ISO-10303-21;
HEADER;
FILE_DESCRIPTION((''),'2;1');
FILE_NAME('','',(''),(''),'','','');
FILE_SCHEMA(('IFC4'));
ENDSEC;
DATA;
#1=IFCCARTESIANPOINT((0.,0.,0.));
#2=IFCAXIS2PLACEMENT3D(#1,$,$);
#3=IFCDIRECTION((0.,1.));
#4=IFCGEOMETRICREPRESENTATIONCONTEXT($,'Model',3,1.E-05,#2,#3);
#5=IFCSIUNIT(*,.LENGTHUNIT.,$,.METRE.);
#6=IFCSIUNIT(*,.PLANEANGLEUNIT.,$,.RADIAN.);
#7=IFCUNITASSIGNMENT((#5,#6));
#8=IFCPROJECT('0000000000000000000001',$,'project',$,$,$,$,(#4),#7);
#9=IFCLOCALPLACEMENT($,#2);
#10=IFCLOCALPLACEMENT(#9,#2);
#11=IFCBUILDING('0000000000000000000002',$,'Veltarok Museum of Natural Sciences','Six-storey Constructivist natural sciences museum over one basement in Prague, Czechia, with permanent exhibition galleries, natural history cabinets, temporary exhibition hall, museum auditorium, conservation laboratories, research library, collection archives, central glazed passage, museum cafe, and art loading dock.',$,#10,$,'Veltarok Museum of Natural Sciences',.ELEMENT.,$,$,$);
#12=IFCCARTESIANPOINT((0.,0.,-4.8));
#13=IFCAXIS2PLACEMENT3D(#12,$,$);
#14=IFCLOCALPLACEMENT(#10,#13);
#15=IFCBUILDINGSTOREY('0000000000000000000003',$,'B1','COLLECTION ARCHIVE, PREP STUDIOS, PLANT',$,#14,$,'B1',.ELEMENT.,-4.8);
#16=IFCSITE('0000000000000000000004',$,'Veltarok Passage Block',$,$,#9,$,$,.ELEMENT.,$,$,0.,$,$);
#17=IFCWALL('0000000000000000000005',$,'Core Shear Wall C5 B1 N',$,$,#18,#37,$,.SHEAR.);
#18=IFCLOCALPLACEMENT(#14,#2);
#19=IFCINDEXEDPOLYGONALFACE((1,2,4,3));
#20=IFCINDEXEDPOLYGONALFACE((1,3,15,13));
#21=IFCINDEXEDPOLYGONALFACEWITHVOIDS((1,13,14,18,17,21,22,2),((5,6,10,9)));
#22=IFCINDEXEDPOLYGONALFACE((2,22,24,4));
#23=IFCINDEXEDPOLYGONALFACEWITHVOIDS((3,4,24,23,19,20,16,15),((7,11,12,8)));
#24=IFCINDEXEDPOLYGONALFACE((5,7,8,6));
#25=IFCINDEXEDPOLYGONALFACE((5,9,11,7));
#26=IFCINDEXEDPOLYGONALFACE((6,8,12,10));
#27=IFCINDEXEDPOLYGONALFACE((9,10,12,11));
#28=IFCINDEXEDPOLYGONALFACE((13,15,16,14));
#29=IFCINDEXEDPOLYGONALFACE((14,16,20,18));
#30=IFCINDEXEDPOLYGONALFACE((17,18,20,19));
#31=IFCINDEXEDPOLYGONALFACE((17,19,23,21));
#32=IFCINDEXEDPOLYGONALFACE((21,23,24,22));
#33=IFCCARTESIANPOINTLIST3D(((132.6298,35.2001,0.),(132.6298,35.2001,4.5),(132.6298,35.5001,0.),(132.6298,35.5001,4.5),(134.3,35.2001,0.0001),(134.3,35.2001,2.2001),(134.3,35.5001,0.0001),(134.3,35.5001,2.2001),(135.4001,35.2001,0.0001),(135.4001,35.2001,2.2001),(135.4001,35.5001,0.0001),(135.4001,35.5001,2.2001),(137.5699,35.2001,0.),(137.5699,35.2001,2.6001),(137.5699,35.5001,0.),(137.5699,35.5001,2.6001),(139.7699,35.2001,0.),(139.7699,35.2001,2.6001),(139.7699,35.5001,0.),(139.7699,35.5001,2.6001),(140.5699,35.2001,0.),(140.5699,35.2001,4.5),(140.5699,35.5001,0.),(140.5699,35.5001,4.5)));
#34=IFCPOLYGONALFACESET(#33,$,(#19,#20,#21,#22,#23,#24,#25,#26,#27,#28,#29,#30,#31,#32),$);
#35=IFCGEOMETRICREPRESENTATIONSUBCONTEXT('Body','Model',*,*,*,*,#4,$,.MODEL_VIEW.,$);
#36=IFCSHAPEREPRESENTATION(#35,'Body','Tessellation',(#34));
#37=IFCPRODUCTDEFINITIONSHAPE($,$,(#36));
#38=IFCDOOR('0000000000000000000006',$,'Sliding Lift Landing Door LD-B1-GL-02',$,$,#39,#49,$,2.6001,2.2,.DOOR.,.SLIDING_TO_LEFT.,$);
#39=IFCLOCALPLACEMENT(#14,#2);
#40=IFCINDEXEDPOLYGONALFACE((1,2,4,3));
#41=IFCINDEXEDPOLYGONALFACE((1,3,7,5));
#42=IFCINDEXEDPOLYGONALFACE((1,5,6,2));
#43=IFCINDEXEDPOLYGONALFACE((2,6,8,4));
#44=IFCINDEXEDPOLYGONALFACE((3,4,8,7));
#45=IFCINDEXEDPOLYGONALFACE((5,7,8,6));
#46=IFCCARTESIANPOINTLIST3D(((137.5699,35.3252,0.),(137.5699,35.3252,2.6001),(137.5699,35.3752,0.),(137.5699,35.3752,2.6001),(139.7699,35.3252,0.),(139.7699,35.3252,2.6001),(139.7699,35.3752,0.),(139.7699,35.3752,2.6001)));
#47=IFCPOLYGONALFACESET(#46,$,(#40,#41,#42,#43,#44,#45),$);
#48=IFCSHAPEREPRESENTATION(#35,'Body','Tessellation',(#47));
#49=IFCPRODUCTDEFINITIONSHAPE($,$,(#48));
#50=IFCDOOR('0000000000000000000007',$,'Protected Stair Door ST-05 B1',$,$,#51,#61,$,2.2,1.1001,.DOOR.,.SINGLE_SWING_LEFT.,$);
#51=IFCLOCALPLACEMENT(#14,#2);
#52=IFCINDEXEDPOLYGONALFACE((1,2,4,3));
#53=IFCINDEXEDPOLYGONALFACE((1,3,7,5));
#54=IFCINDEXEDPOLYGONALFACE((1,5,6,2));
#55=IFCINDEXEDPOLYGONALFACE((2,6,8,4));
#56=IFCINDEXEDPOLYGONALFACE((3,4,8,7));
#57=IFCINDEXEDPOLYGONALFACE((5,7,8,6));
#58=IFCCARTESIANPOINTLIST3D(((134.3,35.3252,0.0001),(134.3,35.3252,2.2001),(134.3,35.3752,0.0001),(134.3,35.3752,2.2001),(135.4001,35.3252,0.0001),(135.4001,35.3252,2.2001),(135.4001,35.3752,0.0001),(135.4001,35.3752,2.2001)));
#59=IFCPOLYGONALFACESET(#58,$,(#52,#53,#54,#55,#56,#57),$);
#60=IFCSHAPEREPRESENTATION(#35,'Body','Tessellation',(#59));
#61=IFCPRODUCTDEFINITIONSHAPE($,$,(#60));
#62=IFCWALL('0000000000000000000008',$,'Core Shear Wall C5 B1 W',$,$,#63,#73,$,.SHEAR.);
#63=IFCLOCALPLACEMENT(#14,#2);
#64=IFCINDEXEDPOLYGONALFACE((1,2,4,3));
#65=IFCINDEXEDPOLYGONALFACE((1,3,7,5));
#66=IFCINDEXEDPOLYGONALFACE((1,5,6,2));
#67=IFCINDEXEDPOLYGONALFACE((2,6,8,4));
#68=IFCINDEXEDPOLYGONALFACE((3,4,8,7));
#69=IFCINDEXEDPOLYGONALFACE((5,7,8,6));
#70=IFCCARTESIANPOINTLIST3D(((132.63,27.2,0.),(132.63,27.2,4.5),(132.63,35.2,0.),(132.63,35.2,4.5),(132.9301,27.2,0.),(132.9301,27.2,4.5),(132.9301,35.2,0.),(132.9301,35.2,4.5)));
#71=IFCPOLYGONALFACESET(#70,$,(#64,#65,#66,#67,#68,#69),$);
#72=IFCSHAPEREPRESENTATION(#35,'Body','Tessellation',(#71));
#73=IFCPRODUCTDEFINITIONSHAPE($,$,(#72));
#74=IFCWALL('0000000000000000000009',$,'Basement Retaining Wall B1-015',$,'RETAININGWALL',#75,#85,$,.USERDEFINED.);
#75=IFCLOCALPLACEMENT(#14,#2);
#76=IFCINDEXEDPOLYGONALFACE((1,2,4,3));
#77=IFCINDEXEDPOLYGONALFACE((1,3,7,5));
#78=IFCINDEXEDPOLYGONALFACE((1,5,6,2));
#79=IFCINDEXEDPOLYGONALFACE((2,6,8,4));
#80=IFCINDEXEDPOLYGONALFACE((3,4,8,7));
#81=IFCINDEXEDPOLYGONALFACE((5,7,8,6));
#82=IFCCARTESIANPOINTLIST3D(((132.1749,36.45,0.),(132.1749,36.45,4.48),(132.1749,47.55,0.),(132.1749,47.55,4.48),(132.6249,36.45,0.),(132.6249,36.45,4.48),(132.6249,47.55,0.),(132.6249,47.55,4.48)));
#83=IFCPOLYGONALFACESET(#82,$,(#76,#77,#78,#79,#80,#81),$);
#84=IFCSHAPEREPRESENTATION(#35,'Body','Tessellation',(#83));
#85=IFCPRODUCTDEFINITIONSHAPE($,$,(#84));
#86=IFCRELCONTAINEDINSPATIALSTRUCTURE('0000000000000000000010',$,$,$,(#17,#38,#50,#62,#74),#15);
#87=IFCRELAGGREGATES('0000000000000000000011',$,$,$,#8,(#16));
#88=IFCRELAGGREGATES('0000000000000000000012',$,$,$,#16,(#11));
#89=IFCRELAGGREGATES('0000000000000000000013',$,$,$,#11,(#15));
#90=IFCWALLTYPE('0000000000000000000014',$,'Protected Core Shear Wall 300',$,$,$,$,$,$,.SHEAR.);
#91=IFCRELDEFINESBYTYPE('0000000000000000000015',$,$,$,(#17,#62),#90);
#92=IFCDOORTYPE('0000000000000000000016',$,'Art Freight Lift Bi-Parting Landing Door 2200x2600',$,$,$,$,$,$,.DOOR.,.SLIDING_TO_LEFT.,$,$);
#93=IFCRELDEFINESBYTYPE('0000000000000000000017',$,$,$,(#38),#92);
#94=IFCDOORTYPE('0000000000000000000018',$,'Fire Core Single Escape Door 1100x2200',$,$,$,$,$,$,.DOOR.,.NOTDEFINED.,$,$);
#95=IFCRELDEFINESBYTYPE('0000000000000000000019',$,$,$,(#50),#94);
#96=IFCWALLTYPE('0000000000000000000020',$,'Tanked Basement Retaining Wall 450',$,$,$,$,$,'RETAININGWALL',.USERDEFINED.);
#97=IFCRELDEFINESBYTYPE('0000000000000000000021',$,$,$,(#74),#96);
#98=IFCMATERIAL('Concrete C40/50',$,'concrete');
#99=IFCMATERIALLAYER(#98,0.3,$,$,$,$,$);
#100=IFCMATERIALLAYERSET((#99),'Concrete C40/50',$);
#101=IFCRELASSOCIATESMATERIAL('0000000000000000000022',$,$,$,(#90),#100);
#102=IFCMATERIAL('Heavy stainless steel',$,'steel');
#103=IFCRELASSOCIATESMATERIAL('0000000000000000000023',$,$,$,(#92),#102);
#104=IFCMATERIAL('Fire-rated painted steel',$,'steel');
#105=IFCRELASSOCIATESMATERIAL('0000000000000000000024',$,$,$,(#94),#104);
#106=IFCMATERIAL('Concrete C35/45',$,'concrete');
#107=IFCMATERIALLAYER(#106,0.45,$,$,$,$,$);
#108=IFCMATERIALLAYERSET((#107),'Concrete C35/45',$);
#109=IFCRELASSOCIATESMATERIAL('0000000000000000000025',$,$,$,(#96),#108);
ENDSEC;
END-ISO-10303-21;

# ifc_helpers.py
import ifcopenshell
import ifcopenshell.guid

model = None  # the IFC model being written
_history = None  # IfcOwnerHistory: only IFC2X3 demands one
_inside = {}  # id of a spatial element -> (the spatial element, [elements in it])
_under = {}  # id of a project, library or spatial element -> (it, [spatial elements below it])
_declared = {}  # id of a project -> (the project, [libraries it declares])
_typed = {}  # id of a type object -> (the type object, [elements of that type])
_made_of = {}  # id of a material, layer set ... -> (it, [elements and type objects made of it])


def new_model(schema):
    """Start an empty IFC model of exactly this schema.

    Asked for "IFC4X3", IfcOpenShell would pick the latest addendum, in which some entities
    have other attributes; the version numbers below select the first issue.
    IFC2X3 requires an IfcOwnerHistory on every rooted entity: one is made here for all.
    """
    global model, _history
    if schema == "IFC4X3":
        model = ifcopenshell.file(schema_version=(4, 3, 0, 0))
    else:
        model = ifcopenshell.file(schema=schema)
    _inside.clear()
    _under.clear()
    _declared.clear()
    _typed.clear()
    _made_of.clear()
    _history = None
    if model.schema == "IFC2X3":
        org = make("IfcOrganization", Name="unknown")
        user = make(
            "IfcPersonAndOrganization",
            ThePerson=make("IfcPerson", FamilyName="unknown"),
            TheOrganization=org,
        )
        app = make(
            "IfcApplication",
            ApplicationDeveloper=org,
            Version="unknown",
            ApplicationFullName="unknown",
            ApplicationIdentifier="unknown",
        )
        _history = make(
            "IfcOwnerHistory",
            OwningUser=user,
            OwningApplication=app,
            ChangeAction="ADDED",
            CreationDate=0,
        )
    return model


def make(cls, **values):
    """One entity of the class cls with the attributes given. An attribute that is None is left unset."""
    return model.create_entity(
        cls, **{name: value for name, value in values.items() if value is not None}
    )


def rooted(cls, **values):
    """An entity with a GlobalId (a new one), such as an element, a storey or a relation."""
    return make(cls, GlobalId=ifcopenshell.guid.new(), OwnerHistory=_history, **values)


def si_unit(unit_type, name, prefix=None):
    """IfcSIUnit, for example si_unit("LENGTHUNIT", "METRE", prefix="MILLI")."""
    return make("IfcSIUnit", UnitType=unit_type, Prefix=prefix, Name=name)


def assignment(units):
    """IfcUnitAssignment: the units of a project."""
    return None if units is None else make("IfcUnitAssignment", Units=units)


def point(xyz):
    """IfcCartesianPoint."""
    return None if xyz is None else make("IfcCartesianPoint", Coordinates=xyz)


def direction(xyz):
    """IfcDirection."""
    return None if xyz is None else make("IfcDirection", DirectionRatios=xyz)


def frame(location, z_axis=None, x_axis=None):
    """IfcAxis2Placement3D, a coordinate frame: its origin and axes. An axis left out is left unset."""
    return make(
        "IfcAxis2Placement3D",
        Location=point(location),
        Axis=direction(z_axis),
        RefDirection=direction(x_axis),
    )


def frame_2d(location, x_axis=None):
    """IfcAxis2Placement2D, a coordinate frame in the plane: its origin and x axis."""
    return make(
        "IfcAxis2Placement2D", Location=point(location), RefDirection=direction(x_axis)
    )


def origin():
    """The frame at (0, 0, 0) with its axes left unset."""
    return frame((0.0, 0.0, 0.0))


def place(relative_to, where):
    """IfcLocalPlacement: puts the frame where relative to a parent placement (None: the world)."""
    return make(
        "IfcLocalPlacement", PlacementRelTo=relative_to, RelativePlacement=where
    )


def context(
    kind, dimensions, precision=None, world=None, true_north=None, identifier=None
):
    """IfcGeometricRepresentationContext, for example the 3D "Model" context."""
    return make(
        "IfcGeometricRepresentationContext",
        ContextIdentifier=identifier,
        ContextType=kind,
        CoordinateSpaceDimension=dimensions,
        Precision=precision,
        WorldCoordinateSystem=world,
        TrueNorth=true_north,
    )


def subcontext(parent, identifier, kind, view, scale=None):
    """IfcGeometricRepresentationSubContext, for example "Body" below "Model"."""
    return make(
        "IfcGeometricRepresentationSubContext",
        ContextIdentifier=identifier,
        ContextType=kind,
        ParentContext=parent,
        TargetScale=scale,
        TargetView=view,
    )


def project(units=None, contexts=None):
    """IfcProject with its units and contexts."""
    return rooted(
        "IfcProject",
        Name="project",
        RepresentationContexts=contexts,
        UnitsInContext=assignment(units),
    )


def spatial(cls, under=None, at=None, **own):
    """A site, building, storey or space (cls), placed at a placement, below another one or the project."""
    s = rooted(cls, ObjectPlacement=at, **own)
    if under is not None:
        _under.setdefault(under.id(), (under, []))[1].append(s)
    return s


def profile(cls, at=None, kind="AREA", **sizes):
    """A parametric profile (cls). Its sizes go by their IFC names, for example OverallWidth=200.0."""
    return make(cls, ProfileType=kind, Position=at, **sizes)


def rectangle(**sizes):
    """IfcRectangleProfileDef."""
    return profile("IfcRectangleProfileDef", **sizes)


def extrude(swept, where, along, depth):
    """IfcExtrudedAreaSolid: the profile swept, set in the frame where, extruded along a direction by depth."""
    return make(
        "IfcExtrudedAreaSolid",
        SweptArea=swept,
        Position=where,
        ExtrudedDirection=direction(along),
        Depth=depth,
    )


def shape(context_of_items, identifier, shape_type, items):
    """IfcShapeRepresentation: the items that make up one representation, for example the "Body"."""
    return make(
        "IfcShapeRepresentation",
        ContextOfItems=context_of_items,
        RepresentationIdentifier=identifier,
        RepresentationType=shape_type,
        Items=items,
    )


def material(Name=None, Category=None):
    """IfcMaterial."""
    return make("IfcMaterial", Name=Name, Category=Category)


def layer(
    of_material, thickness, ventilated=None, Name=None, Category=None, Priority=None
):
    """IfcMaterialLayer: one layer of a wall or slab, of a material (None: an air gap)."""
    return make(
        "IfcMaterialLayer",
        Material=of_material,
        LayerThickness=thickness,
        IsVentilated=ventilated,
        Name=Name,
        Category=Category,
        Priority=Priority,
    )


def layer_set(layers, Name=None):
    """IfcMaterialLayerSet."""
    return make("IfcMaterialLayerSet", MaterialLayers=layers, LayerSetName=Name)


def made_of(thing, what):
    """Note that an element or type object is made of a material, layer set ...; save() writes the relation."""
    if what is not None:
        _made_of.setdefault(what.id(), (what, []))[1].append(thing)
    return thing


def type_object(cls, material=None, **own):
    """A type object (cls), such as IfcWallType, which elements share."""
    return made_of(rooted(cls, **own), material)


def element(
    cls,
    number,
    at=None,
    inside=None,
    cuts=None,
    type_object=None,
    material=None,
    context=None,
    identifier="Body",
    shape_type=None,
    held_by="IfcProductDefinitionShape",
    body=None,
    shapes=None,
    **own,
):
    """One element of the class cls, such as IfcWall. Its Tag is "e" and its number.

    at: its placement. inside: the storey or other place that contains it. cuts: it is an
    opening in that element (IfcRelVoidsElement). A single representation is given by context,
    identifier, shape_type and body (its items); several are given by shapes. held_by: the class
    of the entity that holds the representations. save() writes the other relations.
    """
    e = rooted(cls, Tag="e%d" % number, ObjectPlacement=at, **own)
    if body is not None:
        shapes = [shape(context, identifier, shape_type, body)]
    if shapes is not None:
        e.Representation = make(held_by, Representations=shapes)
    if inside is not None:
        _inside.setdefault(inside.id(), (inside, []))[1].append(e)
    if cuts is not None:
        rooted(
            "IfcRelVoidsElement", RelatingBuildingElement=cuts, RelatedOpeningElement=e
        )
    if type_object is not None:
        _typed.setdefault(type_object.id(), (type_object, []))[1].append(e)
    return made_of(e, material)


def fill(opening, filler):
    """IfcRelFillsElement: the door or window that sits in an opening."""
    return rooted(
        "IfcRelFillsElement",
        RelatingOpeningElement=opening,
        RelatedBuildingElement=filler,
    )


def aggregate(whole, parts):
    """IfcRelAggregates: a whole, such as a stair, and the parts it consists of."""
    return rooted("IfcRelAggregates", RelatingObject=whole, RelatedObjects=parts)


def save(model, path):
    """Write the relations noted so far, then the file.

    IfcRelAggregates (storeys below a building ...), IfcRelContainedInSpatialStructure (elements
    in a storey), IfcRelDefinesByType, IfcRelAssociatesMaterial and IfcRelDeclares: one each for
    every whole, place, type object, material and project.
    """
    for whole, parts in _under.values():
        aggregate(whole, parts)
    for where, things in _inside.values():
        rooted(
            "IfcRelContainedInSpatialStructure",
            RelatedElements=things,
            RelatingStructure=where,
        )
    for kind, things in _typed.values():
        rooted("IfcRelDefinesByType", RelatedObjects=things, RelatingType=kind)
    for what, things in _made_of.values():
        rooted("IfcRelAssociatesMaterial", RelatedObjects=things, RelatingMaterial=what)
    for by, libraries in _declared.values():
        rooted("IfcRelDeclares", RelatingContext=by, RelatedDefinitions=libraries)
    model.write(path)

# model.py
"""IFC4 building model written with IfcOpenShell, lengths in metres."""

from ifc_helpers import new_model, si_unit, direction, frame, frame_2d, origin, place, context, subcontext, project, spatial, rectangle, extrude, material, layer, layer_set, type_object, element, fill, save


model = new_model("IFC4")

# Units and contexts
model_context = context("Model", 3, precision=1e-05, world=origin(), true_north=direction((0.0, 1.0)))
body_context = subcontext(model_context, "Body", "Model", "MODEL_VIEW")
ifc_project = project(units=[si_unit("LENGTHUNIT", "METRE"), si_unit("PLANEANGLEUNIT", "RADIAN")], contexts=[model_context])

# Site, building, storey
site_placement = place(None, origin())
site = spatial("IfcSite", under=ifc_project, at=site_placement, Name="Veltarok Passage Block", CompositionType="ELEMENT", RefElevation=0.0)
building_placement = place(site_placement, origin())
building = spatial("IfcBuilding", under=site, at=building_placement, Name="Veltarok Museum of Natural Sciences", Description="Six-storey Constructivist natural sciences museum over one basement in Prague, Czechia, with permanent exhibition galleries, natural history cabinets, temporary exhibition hall, museum auditorium, conservation laboratories, research library, collection archives, central glazed passage, museum cafe, and art loading dock.", LongName="Veltarok Museum of Natural Sciences", CompositionType="ELEMENT")
storey_placement = place(building_placement, frame((0.0, 0.0, -4.8)))
storey = spatial("IfcBuildingStorey", under=building, at=storey_placement, Name="B1", Description="COLLECTION ARCHIVE, PREP STUDIOS, PLANT", LongName="B1", CompositionType="ELEMENT", Elevation=-4.8)

# Shared definitions
ifc_material_1 = material(Name="Concrete C35/45", Category="concrete")

# Shared definitions
ifc_material_2 = material(Name="Concrete C40/50", Category="concrete")

# Wall, openings, doors
ifc_layer_1 = layer(ifc_material_2, 0.3)
ifc_layer_set_1 = layer_set([ifc_layer_1], Name="Concrete C40/50")
wall_type_1 = type_object("IfcWallType", Name="Protected Core Shear Wall 300", PredefinedType="SHEAR", material=ifc_layer_set_1)
wall_1_placement = place(storey_placement, frame((140.5701, 35.3501, 0.0), z_axis=(0.0, 0.0, 1.0), x_axis=(-1.0, 0.0, 0.0)))
wall_1 = element("IfcWall", 1, at=wall_1_placement, inside=storey, type_object=wall_type_1, Name="Core Shear Wall C5 B1 N", PredefinedType="SHEAR", context=body_context, shape_type="SweptSolid", body=[
    extrude(rectangle(XDim=7.9402, YDim=0.3, at=frame_2d((3.9702, 0.0))), origin(), (0.0, 0.0, 1.0), 4.5),
])
opening_1_placement = place(wall_1_placement, frame((5.1699, 0.0, 0.0)))
opening_1 = element("IfcOpeningElement", 2, at=opening_1_placement, cuts=wall_1, PredefinedType="OPENING", context=body_context, shape_type="SweptSolid", body=[
    extrude(rectangle(XDim=1.1001, YDim=2.2, at=frame_2d((0.55, 1.1001))), frame((0.0, 0.1602, 0.0), z_axis=(0.0, -1.0, 0.0), x_axis=(1.0, 0.0, 0.0)), (0.0, 0.0, 1.0), 0.3201),
])
opening_2_placement = place(wall_1_placement, frame((0.8, 0.0, 0.0)))
opening_2 = element("IfcOpeningElement", 3, at=opening_2_placement, cuts=wall_1, PredefinedType="OPENING", context=body_context, shape_type="SweptSolid", body=[
    extrude(rectangle(XDim=2.2, YDim=2.6001, at=frame_2d((1.1001, 1.3))), frame((0.0, 0.1602, 0.0), z_axis=(0.0, -1.0, 0.0), x_axis=(1.0, 0.0, 0.0)), (0.0, 0.0, 1.0), 0.3201),
])
ifc_material_3 = material(Name="Heavy stainless steel", Category="steel")
door_type_1 = type_object("IfcDoorType", Name="Art Freight Lift Bi-Parting Landing Door 2200x2600", OperationType="SLIDING_TO_LEFT", PredefinedType="DOOR", material=ifc_material_3)
door_1_placement = place(opening_2_placement, origin())
door_1 = element("IfcDoor", 4, at=door_1_placement, inside=storey, type_object=door_type_1, Name="Sliding Lift Landing Door LD-B1-GL-02", OperationType="SLIDING_TO_LEFT", OverallHeight=2.6001, OverallWidth=2.2, PredefinedType="DOOR", context=body_context, shape_type="SweptSolid", body=[
    extrude(rectangle(XDim=2.2, YDim=2.6001, at=frame_2d((1.1001, 1.3))), frame((0.0, 0.0249, 0.0), z_axis=(0.0, -1.0, 0.0), x_axis=(1.0, 0.0, 0.0)), (0.0, 0.0, 1.0), 0.05),
])
fill(opening_2, door_1)
ifc_material_4 = material(Name="Fire-rated painted steel", Category="steel")
door_type_2 = type_object("IfcDoorType", Name="Fire Core Single Escape Door 1100x2200", OperationType="NOTDEFINED", PredefinedType="DOOR", material=ifc_material_4)
door_2_placement = place(opening_1_placement, origin())
door_2 = element("IfcDoor", 5, at=door_2_placement, inside=storey, type_object=door_type_2, Name="Protected Stair Door ST-05 B1", OperationType="SINGLE_SWING_LEFT", OverallHeight=2.2, OverallWidth=1.1001, PredefinedType="DOOR", context=body_context, shape_type="SweptSolid", body=[
    extrude(rectangle(XDim=1.1001, YDim=2.2, at=frame_2d((0.55, 1.1001))), frame((0.0, 0.0249, 0.0), z_axis=(0.0, -1.0, 0.0), x_axis=(1.0, 0.0, 0.0)), (0.0, 0.0, 1.0), 0.05),
])
fill(opening_1, door_2)

# Walls
wall_2_placement = place(storey_placement, frame((132.78, 35.2, 0.0), z_axis=(0.0, 0.0, 1.0), x_axis=(0.0, -1.0, 0.0)))
element("IfcWall", 6, at=wall_2_placement, inside=storey, type_object=wall_type_1, Name="Core Shear Wall C5 B1 W", PredefinedType="SHEAR", context=body_context, shape_type="SweptSolid", body=[
    extrude(rectangle(XDim=8.0, YDim=0.3, at=frame_2d((4.0, 0.0))), origin(), (0.0, 0.0, 1.0), 4.5),
])
ifc_layer_2 = layer(ifc_material_1, 0.45)
ifc_layer_set_2 = layer_set([ifc_layer_2], Name="Concrete C35/45")
wall_type_2 = type_object("IfcWallType", Name="Tanked Basement Retaining Wall 450", ElementType="RETAININGWALL", PredefinedType="USERDEFINED", material=ifc_layer_set_2)
wall_3_placement = place(storey_placement, frame((132.3999, 36.45, 0.0), z_axis=(0.0, 0.0, 1.0), x_axis=(0.0, 1.0, 0.0)))
element("IfcWall", 7, at=wall_3_placement, inside=storey, type_object=wall_type_2, Name="Basement Retaining Wall B1-015", ObjectType="RETAININGWALL", PredefinedType="USERDEFINED", context=body_context, shape_type="SweptSolid", body=[
    extrude(rectangle(XDim=11.1001, YDim=0.45, at=frame_2d((5.55, 0.0))), origin(), (0.0, 0.0, 1.0), 4.48),
])

save(model, "model.ifc")
